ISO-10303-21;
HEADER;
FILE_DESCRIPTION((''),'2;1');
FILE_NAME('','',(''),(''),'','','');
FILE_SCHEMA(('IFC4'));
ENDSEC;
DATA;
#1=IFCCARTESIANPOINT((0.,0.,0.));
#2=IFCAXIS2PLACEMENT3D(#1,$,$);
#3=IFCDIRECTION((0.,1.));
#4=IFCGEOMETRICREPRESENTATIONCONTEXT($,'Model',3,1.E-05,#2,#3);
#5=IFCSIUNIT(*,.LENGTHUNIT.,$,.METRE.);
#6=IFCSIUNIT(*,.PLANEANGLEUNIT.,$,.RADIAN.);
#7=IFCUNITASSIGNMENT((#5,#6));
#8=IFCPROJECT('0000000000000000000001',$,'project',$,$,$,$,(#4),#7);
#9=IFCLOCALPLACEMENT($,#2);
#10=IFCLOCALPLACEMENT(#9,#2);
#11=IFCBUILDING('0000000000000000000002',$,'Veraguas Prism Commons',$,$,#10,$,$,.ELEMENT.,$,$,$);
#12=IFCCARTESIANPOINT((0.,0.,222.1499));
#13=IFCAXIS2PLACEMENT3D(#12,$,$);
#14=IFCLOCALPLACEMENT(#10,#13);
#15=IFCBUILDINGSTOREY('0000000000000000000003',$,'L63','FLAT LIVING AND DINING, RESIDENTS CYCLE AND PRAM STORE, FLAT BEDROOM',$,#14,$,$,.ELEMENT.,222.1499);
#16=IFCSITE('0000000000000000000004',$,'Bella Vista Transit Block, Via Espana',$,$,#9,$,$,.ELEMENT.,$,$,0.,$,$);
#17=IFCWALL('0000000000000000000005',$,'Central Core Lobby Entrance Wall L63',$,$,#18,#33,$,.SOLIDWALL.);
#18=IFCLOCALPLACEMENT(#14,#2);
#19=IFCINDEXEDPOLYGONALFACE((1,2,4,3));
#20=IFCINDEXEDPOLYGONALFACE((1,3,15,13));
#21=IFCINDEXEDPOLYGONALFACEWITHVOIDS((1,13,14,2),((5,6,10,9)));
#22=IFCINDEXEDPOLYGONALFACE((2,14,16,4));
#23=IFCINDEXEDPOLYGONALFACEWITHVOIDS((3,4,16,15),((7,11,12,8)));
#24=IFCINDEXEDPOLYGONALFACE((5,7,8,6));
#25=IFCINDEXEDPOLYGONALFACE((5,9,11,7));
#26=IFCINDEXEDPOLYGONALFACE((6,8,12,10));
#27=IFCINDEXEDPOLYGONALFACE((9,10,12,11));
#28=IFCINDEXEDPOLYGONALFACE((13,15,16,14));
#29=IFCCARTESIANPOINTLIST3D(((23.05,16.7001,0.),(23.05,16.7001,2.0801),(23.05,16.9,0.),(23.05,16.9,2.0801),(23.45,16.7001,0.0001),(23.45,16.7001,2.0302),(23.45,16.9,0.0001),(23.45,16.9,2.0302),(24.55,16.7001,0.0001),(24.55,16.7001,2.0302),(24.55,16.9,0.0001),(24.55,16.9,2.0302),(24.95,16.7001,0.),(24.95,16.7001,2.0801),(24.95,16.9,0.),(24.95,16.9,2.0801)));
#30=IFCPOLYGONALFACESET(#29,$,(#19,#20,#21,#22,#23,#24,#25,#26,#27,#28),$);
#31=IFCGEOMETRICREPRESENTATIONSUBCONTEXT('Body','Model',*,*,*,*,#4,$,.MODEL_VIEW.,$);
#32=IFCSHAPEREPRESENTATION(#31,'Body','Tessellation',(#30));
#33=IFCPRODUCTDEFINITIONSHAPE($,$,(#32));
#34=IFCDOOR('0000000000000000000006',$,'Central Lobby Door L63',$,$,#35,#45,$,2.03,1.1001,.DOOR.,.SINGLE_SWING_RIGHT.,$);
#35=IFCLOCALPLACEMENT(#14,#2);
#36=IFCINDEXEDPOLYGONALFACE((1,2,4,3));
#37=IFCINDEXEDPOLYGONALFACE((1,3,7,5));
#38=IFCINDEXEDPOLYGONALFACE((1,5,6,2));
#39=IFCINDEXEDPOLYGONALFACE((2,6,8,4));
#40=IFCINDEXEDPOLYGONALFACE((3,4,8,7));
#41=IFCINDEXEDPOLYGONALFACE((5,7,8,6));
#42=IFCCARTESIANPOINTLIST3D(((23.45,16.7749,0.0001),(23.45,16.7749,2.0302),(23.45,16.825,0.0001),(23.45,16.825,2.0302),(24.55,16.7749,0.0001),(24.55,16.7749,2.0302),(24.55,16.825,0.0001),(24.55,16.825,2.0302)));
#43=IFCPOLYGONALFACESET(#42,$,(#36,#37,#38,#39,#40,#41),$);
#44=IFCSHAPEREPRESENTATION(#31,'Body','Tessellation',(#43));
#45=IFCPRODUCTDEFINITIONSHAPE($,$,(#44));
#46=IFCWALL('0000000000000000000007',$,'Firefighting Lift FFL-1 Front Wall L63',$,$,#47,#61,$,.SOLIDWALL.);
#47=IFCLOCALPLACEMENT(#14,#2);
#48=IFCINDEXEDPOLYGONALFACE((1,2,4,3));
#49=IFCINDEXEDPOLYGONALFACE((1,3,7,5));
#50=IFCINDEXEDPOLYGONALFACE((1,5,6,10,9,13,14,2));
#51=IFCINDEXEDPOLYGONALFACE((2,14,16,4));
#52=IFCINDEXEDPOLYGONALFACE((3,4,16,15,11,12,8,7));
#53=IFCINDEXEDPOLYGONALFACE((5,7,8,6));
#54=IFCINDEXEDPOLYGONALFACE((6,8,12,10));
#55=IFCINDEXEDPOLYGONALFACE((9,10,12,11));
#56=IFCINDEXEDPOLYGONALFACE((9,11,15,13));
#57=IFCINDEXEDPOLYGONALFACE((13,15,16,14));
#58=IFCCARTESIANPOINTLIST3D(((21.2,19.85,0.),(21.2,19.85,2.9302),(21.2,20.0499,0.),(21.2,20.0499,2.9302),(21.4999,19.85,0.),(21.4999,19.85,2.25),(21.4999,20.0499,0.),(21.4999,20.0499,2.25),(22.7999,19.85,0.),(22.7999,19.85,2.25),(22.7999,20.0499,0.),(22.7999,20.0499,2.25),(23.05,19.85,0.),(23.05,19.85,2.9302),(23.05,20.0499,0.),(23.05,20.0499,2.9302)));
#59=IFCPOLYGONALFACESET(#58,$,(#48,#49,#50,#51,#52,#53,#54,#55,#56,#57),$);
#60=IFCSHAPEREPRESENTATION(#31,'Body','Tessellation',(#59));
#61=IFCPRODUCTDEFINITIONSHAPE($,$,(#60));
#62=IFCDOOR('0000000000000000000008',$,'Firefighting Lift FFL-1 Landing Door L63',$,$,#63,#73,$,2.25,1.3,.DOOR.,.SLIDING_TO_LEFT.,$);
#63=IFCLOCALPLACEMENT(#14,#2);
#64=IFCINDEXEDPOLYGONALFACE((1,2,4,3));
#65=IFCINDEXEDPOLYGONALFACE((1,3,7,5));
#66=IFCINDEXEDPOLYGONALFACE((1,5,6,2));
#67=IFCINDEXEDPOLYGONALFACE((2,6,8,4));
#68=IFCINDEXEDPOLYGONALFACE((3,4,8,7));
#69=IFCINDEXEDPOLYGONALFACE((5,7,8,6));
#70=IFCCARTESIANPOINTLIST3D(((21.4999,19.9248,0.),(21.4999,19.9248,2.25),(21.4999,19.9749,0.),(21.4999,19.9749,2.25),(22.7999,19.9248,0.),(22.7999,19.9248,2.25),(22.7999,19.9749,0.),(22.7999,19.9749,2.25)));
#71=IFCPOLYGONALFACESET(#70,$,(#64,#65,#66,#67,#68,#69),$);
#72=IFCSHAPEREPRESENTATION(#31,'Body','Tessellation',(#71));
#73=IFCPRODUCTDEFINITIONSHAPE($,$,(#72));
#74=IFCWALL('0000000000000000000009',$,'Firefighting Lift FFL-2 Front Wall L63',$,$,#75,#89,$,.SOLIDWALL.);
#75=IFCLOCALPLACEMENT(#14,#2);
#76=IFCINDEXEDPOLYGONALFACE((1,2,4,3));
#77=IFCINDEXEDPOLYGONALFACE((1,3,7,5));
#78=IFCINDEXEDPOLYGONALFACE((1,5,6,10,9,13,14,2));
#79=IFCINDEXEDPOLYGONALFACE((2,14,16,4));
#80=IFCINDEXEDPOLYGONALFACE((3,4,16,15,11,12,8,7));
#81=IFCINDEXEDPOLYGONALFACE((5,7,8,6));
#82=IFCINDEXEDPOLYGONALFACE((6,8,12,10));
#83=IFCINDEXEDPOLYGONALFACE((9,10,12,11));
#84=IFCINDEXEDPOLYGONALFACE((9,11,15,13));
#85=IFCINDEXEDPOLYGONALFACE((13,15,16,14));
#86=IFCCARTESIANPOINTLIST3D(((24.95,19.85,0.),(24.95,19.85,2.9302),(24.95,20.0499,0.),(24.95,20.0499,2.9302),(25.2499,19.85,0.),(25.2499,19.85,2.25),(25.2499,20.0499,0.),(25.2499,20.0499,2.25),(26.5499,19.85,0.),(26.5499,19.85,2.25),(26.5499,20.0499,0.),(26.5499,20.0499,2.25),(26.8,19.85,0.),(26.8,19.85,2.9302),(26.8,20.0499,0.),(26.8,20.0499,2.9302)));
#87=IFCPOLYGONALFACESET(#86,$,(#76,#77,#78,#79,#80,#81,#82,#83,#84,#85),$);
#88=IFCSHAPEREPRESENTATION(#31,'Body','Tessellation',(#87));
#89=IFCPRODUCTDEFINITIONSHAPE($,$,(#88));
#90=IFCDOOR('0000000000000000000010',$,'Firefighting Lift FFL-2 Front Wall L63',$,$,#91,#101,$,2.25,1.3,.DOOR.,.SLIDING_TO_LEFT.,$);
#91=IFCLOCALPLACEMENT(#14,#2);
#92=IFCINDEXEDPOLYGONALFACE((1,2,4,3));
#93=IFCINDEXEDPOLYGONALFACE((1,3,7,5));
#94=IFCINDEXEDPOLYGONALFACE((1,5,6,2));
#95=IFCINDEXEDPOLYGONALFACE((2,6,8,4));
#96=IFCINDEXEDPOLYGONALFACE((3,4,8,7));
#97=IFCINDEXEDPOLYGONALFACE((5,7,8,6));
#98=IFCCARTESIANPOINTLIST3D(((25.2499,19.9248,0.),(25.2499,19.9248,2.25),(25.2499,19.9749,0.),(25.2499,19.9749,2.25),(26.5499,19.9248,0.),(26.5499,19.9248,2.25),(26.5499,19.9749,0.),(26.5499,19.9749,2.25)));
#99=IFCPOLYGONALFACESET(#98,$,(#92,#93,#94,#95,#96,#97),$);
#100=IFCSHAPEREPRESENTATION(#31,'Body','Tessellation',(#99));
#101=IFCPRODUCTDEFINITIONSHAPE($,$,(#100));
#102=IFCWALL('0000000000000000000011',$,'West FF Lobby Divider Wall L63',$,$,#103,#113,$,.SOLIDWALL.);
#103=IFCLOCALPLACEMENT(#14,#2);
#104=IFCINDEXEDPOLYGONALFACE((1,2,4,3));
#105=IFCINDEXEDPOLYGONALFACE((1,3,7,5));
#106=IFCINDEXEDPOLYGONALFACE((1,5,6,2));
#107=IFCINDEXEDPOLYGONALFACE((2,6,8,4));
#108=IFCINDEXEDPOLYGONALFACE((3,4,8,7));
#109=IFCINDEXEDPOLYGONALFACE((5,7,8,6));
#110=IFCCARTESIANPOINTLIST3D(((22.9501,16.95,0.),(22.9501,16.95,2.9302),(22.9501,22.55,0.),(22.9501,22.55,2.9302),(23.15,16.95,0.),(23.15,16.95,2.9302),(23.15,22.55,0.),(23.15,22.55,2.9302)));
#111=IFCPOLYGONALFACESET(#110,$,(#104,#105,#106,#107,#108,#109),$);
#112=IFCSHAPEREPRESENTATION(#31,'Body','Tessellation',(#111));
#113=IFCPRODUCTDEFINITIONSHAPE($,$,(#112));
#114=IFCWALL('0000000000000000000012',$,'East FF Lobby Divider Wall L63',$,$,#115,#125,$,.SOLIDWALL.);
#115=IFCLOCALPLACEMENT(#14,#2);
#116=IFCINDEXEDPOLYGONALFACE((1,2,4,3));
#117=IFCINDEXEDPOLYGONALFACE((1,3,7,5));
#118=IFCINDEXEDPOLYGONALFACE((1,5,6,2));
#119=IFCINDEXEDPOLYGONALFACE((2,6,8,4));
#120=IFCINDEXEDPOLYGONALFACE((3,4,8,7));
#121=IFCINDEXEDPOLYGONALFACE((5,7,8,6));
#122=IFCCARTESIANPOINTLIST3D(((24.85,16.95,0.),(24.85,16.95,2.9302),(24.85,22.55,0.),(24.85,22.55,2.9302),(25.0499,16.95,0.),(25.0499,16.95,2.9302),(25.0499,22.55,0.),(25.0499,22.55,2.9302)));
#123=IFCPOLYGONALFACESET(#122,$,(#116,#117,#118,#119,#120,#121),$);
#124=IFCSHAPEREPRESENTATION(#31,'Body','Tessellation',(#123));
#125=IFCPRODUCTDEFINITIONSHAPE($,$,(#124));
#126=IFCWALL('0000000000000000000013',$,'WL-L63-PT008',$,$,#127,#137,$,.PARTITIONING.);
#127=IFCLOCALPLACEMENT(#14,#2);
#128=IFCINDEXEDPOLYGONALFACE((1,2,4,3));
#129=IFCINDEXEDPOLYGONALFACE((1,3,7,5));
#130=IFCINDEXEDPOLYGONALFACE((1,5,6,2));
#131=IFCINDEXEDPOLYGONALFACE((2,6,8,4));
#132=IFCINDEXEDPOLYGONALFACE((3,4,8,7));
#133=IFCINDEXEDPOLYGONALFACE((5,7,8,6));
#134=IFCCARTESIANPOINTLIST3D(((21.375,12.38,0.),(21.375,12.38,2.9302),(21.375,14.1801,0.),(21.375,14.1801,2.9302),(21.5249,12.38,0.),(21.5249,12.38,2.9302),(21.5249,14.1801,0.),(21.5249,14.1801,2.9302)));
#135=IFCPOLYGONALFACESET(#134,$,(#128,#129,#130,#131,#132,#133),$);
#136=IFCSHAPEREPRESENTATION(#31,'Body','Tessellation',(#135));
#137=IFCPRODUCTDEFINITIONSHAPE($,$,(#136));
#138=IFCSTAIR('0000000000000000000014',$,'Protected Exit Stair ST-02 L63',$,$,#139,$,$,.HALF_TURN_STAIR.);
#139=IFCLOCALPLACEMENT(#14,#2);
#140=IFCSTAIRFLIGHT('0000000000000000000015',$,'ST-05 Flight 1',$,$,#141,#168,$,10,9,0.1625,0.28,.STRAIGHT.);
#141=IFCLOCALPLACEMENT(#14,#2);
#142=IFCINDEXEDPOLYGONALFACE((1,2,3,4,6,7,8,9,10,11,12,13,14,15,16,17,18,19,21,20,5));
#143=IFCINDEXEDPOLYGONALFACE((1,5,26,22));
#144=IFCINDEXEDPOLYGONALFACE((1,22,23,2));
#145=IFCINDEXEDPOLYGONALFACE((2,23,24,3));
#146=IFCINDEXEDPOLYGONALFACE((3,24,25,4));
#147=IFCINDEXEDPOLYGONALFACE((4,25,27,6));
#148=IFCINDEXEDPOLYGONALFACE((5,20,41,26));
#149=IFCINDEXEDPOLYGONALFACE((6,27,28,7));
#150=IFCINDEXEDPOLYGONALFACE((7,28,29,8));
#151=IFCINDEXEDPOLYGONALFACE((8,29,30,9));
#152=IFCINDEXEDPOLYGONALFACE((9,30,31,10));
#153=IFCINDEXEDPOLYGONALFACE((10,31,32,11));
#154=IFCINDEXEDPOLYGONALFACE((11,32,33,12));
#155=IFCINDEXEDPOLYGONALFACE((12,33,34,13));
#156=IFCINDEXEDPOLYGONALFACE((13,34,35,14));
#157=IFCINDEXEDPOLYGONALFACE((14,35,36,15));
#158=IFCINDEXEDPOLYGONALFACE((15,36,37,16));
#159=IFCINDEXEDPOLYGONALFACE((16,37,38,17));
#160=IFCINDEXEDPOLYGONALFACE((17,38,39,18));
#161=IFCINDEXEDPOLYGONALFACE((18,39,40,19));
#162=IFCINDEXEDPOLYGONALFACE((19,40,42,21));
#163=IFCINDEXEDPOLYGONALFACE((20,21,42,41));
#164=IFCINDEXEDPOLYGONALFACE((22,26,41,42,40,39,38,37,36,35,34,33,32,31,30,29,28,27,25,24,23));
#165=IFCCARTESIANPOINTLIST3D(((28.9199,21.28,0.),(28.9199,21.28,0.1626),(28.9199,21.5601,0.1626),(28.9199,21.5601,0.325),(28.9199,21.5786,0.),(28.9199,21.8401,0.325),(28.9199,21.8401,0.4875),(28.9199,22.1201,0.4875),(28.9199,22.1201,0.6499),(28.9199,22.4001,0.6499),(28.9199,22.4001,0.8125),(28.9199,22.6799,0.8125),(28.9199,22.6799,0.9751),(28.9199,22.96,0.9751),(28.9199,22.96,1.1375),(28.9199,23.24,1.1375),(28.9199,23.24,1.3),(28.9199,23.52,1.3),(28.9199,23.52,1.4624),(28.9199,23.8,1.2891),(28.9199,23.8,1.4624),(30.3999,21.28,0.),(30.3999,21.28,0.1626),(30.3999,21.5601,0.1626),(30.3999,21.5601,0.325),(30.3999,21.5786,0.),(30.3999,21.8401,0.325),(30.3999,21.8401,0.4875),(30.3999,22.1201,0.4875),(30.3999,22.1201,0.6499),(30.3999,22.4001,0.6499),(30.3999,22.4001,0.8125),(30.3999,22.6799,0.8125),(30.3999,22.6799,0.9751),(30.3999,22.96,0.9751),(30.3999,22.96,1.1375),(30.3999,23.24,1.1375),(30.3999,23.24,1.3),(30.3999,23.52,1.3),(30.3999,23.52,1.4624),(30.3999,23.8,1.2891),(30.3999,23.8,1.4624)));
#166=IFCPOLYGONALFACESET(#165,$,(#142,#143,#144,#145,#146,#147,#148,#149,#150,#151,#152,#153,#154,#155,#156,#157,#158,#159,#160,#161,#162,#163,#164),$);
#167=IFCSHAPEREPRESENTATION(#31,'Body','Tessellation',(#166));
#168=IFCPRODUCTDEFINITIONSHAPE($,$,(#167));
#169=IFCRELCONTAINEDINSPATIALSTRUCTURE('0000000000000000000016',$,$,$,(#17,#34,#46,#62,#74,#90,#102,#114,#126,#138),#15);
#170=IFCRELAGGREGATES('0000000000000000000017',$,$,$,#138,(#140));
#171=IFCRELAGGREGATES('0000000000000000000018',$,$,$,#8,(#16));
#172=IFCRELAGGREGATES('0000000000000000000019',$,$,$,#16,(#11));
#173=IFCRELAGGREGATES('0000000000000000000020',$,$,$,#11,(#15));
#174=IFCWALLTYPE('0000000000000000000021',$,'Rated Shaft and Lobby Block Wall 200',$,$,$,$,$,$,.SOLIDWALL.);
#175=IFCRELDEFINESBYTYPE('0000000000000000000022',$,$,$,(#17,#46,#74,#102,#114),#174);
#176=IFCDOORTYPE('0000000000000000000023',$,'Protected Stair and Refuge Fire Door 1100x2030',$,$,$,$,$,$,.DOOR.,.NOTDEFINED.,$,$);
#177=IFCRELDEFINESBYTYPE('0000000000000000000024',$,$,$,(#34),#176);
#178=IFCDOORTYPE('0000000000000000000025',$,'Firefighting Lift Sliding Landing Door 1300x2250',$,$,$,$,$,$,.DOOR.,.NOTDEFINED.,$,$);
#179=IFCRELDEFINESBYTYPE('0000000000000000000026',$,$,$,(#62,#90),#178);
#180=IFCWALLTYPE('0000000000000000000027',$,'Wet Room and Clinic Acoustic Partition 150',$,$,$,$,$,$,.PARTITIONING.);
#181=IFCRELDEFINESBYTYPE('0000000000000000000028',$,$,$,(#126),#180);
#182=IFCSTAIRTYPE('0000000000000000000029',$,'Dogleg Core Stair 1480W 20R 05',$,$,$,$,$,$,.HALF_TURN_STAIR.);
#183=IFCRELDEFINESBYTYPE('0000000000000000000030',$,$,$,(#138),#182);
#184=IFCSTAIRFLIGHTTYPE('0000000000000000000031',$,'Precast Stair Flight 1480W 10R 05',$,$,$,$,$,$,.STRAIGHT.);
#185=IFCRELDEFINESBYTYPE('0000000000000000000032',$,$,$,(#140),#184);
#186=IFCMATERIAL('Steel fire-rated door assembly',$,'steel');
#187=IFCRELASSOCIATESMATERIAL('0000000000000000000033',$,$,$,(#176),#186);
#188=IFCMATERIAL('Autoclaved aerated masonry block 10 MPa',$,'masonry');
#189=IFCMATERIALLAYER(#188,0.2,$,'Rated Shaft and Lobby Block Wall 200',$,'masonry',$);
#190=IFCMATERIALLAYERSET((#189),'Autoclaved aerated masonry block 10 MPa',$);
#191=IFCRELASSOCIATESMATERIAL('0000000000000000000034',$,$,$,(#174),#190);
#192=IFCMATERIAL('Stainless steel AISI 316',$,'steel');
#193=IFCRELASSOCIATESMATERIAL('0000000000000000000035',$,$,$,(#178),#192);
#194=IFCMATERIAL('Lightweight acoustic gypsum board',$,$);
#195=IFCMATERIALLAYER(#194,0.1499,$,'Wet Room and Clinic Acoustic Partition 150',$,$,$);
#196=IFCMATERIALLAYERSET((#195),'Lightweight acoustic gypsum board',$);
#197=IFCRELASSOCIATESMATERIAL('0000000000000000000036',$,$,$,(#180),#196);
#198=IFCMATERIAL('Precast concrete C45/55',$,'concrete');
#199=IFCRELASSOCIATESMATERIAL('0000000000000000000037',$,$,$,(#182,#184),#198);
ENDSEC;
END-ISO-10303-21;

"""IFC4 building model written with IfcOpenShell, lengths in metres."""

from ifc_helpers import new_model, si_unit, direction, frame, frame_2d, origin, place, context, subcontext, project, spatial, polyline, rectangle, outline, extrude, source, transform, mapped, material, layer, layer_set, type_object, element, fill, aggregate, save


model = new_model("IFC4")

# Units and contexts
model_context = context("Model", 3, precision=1e-05, world=origin(), true_north=direction((0.0, 1.0)))
body_context = subcontext(model_context, "Body", "Model", "MODEL_VIEW")
ifc_project = project(units=[si_unit("LENGTHUNIT", "METRE"), si_unit("PLANEANGLEUNIT", "RADIAN")], contexts=[model_context])

# Site, building, storey
site_placement = place(None, origin())
site = spatial("IfcSite", under=ifc_project, at=site_placement, Name="Bella Vista Transit Block, Via Espana", CompositionType="ELEMENT", RefElevation=0.0)
building_placement = place(site_placement, origin())
building = spatial("IfcBuilding", under=site, at=building_placement, Name="Veraguas Prism Commons", CompositionType="ELEMENT")
storey_placement = place(building_placement, frame((0.0, 0.0, 222.1499)))
storey = spatial("IfcBuildingStorey", under=building, at=storey_placement, Name="L63", Description="FLAT LIVING AND DINING, RESIDENTS CYCLE AND PRAM STORE, FLAT BEDROOM", CompositionType="ELEMENT", Elevation=222.1499)

# Shared definitions
ifc_material_1 = material(Name="Steel fire-rated door assembly", Category="steel")
door_type_1 = type_object("IfcDoorType", Name="Protected Stair and Refuge Fire Door 1100x2030", OperationType="NOTDEFINED", PredefinedType="DOOR", material=ifc_material_1)
shared_shape_1 = source(origin(), body_context, "Body", "SweptSolid", [
    extrude(rectangle(XDim=1.1001, YDim=2.03, at=frame_2d((0.55, 1.0151))), frame((0.0, 0.0249, 0.0), z_axis=(0.0, -1.0, 0.0), x_axis=(1.0, 0.0, 0.0)), (0.0, 0.0, 1.0), 0.05),
])

# Walls, openings, doors
ifc_material_2 = material(Name="Lightweight acoustic gypsum board")
ifc_material_3 = material(Name="Autoclaved aerated masonry block 10 MPa", Category="masonry")
ifc_layer_1 = layer(ifc_material_3, 0.2, Name="Rated Shaft and Lobby Block Wall 200", Category="masonry")
ifc_layer_set_1 = layer_set([ifc_layer_1], Name="Autoclaved aerated masonry block 10 MPa")
wall_type_1 = type_object("IfcWallType", Name="Rated Shaft and Lobby Block Wall 200", PredefinedType="SOLIDWALL", material=ifc_layer_set_1)
wall_1_placement = place(storey_placement, frame((23.05, 16.8, 0.0), z_axis=(0.0, 0.0, 1.0), x_axis=(1.0, 0.0, 0.0)))
wall_1 = element("IfcWall", 1, at=wall_1_placement, inside=storey, type_object=wall_type_1, Name="Central Core Lobby Entrance Wall L63", PredefinedType="SOLIDWALL", context=body_context, shape_type="SweptSolid", body=[
    extrude(rectangle(XDim=1.8999, YDim=0.2, at=frame_2d((0.95, 0.0))), origin(), (0.0, 0.0, 1.0), 2.0801),
])
opening_1_placement = place(wall_1_placement, frame((0.3999, 0.0, 0.0)))
opening_1 = element("IfcOpeningElement", 2, at=opening_1_placement, cuts=wall_1, PredefinedType="OPENING", context=body_context, shape_type="SweptSolid", body=[
    extrude(rectangle(XDim=1.1001, YDim=2.03, at=frame_2d((0.55, 1.0151))), frame((0.0, 0.1099, 0.0), z_axis=(0.0, -1.0, 0.0), x_axis=(1.0, 0.0, 0.0)), (0.0, 0.0, 1.0), 0.22),
])
door_1_placement = place(opening_1_placement, origin())
door_1 = element("IfcDoor", 3, at=door_1_placement, inside=storey, type_object=door_type_1, Name="Central Lobby Door L63", OperationType="SINGLE_SWING_RIGHT", OverallHeight=2.03, OverallWidth=1.1001, PredefinedType="DOOR", context=body_context, shape_type="MappedRepresentation", body=[
    mapped(shared_shape_1, transform((0.0, 0.0, 0.0), scale=1.0)),
])
fill(opening_1, door_1)
wall_2_placement = place(storey_placement, frame((21.2, 19.95, 0.0), z_axis=(0.0, 0.0, 1.0), x_axis=(1.0, 0.0, 0.0)))
wall_2 = element("IfcWall", 4, at=wall_2_placement, inside=storey, type_object=wall_type_1, Name="Firefighting Lift FFL-1 Front Wall L63", PredefinedType="SOLIDWALL", context=body_context, shape_type="SweptSolid", body=[
    extrude(rectangle(XDim=1.8501, YDim=0.2, at=frame_2d((0.925, 0.0))), origin(), (0.0, 0.0, 1.0), 2.9302),
])
opening_2_placement = place(wall_2_placement, frame((0.3, 0.0, 0.0)))
opening_2 = element("IfcOpeningElement", 5, at=opening_2_placement, cuts=wall_2, PredefinedType="OPENING", context=body_context, shape_type="SweptSolid", body=[
    extrude(rectangle(XDim=1.3, YDim=2.25, at=frame_2d((0.6499, 1.125))), frame((0.0, 0.1099, 0.0), z_axis=(0.0, -1.0, 0.0), x_axis=(1.0, 0.0, 0.0)), (0.0, 0.0, 1.0), 0.22),
])
ifc_material_4 = material(Name="Stainless steel AISI 316", Category="steel")
door_type_2 = type_object("IfcDoorType", Name="Firefighting Lift Sliding Landing Door 1300x2250", OperationType="NOTDEFINED", PredefinedType="DOOR", material=ifc_material_4)
shared_shape_2 = source(origin(), body_context, "Body", "SweptSolid", [
    extrude(rectangle(XDim=1.3, YDim=2.25, at=frame_2d((0.6499, 1.125))), frame((0.0, 0.0249, 0.0), z_axis=(0.0, -1.0, 0.0), x_axis=(1.0, 0.0, 0.0)), (0.0, 0.0, 1.0), 0.05),
])
door_2_placement = place(opening_2_placement, origin())
door_2 = element("IfcDoor", 6, at=door_2_placement, inside=storey, type_object=door_type_2, Name="Firefighting Lift FFL-1 Landing Door L63", OperationType="SLIDING_TO_LEFT", OverallHeight=2.25, OverallWidth=1.3, PredefinedType="DOOR", context=body_context, shape_type="MappedRepresentation", body=[
    mapped(shared_shape_2, transform((0.0, 0.0, 0.0), scale=1.0)),
])
fill(opening_2, door_2)
wall_3_placement = place(storey_placement, frame((24.95, 19.95, 0.0), z_axis=(0.0, 0.0, 1.0), x_axis=(1.0, 0.0, 0.0)))
wall_3 = element("IfcWall", 7, at=wall_3_placement, inside=storey, type_object=wall_type_1, Name="Firefighting Lift FFL-2 Front Wall L63", PredefinedType="SOLIDWALL", context=body_context, shape_type="SweptSolid", body=[
    extrude(rectangle(XDim=1.8501, YDim=0.2, at=frame_2d((0.925, 0.0))), origin(), (0.0, 0.0, 1.0), 2.9302),
])
opening_3_placement = place(wall_3_placement, frame((0.3, 0.0, 0.0)))
opening_3 = element("IfcOpeningElement", 8, at=opening_3_placement, cuts=wall_3, PredefinedType="OPENING", context=body_context, shape_type="SweptSolid", body=[
    extrude(rectangle(XDim=1.3, YDim=2.25, at=frame_2d((0.6499, 1.125))), frame((0.0, 0.1099, 0.0), z_axis=(0.0, -1.0, 0.0), x_axis=(1.0, 0.0, 0.0)), (0.0, 0.0, 1.0), 0.22),
])
door_3_placement = place(opening_3_placement, origin())
door_3 = element("IfcDoor", 9, at=door_3_placement, inside=storey, type_object=door_type_2, Name="Firefighting Lift FFL-2 Front Wall L63", OperationType="SLIDING_TO_LEFT", OverallHeight=2.25, OverallWidth=1.3, PredefinedType="DOOR", context=body_context, shape_type="MappedRepresentation", body=[
    mapped(shared_shape_2, transform((0.0, 0.0, 0.0), scale=1.0)),
])
fill(opening_3, door_3)

# Walls
for number, where, z_axis, x_axis, name in (
    (10, (23.05, 16.95, 0.0), (0.0, 0.0, 1.0), (0.0, 1.0, 0.0), "West FF Lobby Divider Wall L63"),
    (11, (24.95, 16.95, 0.0), (0.0, 0.0, 1.0), (0.0, 1.0, 0.0), "East FF Lobby Divider Wall L63"),
):
    element("IfcWall", number, at=place(storey_placement, frame(where, z_axis=z_axis, x_axis=x_axis)), inside=storey, type_object=wall_type_1, Name=name, PredefinedType="SOLIDWALL", context=body_context, shape_type="SweptSolid", body=[
        extrude(rectangle(XDim=5.6001, YDim=0.2, at=frame_2d((2.8, 0.0))), origin(), (0.0, 0.0, 1.0), 2.9302),
    ])
ifc_layer_2 = layer(ifc_material_2, 0.1499, Name="Wet Room and Clinic Acoustic Partition 150")
ifc_layer_set_2 = layer_set([ifc_layer_2], Name="Lightweight acoustic gypsum board")
wall_type_2 = type_object("IfcWallType", Name="Wet Room and Clinic Acoustic Partition 150", PredefinedType="PARTITIONING", material=ifc_layer_set_2)
wall_4_placement = place(storey_placement, frame((21.45, 14.1799, 0.0), z_axis=(0.0, 0.0, 1.0), x_axis=(0.0, -1.0, 0.0)))
element("IfcWall", 12, at=wall_4_placement, inside=storey, type_object=wall_type_2, Name="WL-L63-PT008", PredefinedType="PARTITIONING", context=body_context, shape_type="SweptSolid", body=[
    extrude(rectangle(XDim=1.8, YDim=0.1499, at=frame_2d((0.8999, 0.0))), origin(), (0.0, 0.0, 1.0), 2.9302),
])

# Stair, stair flight
ifc_material_5 = material(Name="Precast concrete C45/55", Category="concrete")
stair_type = type_object("IfcStairType", Name="Dogleg Core Stair 1480W 20R 05", PredefinedType="HALF_TURN_STAIR", material=ifc_material_5)
stair_placement = place(storey_placement, origin())
stair = element("IfcStair", 13, at=stair_placement, inside=storey, type_object=stair_type, Name="Protected Exit Stair ST-02 L63", PredefinedType="HALF_TURN_STAIR")
stair_flight_type = type_object("IfcStairFlightType", Name="Precast Stair Flight 1480W 10R 05", PredefinedType="STRAIGHT", material=ifc_material_5)
stair_flight_placement = place(storey_placement, frame((29.6599, 21.28, 0.0), z_axis=(0.0, 0.0, 1.0), x_axis=(0.0, 1.0, 0.0)))
stair_flight = element("IfcStairFlight", 14, at=stair_flight_placement, type_object=stair_flight_type, Name="ST-05 Flight 1", NumberOfRisers=10, NumberOfTreads=9, PredefinedType="STRAIGHT", RiserHeight=0.1625, TreadLength=0.28, context=body_context, shape_type="SweptSolid", body=[
    extrude(outline(polyline([(0.0, 0.0), (0.0, 0.1626), (0.28, 0.1626), (0.28, 0.325), (0.5601, 0.325), (0.5601, 0.4875), (0.8401, 0.4875), (0.8401, 0.6499), (1.1201, 0.6499), (1.1201, 0.8125), (1.3999, 0.8125), (1.3999, 0.9751), (1.6799, 0.9751), (1.6799, 1.1375), (1.96, 1.1375), (1.96, 1.3), (2.24, 1.3), (2.24, 1.4624), (2.52, 1.4624), (2.52, 1.625), (2.52, 1.2891), (0.2986, 0.0), (0.0, 0.0)])), frame((0.0, 0.74, 0.0), z_axis=(0.0, -1.0, 0.0), x_axis=(1.0, 0.0, 0.0)), (0.0, 0.0, 1.0), 1.48),
])
aggregate(stair, [stair_flight])

save(model, "model.ifc")
